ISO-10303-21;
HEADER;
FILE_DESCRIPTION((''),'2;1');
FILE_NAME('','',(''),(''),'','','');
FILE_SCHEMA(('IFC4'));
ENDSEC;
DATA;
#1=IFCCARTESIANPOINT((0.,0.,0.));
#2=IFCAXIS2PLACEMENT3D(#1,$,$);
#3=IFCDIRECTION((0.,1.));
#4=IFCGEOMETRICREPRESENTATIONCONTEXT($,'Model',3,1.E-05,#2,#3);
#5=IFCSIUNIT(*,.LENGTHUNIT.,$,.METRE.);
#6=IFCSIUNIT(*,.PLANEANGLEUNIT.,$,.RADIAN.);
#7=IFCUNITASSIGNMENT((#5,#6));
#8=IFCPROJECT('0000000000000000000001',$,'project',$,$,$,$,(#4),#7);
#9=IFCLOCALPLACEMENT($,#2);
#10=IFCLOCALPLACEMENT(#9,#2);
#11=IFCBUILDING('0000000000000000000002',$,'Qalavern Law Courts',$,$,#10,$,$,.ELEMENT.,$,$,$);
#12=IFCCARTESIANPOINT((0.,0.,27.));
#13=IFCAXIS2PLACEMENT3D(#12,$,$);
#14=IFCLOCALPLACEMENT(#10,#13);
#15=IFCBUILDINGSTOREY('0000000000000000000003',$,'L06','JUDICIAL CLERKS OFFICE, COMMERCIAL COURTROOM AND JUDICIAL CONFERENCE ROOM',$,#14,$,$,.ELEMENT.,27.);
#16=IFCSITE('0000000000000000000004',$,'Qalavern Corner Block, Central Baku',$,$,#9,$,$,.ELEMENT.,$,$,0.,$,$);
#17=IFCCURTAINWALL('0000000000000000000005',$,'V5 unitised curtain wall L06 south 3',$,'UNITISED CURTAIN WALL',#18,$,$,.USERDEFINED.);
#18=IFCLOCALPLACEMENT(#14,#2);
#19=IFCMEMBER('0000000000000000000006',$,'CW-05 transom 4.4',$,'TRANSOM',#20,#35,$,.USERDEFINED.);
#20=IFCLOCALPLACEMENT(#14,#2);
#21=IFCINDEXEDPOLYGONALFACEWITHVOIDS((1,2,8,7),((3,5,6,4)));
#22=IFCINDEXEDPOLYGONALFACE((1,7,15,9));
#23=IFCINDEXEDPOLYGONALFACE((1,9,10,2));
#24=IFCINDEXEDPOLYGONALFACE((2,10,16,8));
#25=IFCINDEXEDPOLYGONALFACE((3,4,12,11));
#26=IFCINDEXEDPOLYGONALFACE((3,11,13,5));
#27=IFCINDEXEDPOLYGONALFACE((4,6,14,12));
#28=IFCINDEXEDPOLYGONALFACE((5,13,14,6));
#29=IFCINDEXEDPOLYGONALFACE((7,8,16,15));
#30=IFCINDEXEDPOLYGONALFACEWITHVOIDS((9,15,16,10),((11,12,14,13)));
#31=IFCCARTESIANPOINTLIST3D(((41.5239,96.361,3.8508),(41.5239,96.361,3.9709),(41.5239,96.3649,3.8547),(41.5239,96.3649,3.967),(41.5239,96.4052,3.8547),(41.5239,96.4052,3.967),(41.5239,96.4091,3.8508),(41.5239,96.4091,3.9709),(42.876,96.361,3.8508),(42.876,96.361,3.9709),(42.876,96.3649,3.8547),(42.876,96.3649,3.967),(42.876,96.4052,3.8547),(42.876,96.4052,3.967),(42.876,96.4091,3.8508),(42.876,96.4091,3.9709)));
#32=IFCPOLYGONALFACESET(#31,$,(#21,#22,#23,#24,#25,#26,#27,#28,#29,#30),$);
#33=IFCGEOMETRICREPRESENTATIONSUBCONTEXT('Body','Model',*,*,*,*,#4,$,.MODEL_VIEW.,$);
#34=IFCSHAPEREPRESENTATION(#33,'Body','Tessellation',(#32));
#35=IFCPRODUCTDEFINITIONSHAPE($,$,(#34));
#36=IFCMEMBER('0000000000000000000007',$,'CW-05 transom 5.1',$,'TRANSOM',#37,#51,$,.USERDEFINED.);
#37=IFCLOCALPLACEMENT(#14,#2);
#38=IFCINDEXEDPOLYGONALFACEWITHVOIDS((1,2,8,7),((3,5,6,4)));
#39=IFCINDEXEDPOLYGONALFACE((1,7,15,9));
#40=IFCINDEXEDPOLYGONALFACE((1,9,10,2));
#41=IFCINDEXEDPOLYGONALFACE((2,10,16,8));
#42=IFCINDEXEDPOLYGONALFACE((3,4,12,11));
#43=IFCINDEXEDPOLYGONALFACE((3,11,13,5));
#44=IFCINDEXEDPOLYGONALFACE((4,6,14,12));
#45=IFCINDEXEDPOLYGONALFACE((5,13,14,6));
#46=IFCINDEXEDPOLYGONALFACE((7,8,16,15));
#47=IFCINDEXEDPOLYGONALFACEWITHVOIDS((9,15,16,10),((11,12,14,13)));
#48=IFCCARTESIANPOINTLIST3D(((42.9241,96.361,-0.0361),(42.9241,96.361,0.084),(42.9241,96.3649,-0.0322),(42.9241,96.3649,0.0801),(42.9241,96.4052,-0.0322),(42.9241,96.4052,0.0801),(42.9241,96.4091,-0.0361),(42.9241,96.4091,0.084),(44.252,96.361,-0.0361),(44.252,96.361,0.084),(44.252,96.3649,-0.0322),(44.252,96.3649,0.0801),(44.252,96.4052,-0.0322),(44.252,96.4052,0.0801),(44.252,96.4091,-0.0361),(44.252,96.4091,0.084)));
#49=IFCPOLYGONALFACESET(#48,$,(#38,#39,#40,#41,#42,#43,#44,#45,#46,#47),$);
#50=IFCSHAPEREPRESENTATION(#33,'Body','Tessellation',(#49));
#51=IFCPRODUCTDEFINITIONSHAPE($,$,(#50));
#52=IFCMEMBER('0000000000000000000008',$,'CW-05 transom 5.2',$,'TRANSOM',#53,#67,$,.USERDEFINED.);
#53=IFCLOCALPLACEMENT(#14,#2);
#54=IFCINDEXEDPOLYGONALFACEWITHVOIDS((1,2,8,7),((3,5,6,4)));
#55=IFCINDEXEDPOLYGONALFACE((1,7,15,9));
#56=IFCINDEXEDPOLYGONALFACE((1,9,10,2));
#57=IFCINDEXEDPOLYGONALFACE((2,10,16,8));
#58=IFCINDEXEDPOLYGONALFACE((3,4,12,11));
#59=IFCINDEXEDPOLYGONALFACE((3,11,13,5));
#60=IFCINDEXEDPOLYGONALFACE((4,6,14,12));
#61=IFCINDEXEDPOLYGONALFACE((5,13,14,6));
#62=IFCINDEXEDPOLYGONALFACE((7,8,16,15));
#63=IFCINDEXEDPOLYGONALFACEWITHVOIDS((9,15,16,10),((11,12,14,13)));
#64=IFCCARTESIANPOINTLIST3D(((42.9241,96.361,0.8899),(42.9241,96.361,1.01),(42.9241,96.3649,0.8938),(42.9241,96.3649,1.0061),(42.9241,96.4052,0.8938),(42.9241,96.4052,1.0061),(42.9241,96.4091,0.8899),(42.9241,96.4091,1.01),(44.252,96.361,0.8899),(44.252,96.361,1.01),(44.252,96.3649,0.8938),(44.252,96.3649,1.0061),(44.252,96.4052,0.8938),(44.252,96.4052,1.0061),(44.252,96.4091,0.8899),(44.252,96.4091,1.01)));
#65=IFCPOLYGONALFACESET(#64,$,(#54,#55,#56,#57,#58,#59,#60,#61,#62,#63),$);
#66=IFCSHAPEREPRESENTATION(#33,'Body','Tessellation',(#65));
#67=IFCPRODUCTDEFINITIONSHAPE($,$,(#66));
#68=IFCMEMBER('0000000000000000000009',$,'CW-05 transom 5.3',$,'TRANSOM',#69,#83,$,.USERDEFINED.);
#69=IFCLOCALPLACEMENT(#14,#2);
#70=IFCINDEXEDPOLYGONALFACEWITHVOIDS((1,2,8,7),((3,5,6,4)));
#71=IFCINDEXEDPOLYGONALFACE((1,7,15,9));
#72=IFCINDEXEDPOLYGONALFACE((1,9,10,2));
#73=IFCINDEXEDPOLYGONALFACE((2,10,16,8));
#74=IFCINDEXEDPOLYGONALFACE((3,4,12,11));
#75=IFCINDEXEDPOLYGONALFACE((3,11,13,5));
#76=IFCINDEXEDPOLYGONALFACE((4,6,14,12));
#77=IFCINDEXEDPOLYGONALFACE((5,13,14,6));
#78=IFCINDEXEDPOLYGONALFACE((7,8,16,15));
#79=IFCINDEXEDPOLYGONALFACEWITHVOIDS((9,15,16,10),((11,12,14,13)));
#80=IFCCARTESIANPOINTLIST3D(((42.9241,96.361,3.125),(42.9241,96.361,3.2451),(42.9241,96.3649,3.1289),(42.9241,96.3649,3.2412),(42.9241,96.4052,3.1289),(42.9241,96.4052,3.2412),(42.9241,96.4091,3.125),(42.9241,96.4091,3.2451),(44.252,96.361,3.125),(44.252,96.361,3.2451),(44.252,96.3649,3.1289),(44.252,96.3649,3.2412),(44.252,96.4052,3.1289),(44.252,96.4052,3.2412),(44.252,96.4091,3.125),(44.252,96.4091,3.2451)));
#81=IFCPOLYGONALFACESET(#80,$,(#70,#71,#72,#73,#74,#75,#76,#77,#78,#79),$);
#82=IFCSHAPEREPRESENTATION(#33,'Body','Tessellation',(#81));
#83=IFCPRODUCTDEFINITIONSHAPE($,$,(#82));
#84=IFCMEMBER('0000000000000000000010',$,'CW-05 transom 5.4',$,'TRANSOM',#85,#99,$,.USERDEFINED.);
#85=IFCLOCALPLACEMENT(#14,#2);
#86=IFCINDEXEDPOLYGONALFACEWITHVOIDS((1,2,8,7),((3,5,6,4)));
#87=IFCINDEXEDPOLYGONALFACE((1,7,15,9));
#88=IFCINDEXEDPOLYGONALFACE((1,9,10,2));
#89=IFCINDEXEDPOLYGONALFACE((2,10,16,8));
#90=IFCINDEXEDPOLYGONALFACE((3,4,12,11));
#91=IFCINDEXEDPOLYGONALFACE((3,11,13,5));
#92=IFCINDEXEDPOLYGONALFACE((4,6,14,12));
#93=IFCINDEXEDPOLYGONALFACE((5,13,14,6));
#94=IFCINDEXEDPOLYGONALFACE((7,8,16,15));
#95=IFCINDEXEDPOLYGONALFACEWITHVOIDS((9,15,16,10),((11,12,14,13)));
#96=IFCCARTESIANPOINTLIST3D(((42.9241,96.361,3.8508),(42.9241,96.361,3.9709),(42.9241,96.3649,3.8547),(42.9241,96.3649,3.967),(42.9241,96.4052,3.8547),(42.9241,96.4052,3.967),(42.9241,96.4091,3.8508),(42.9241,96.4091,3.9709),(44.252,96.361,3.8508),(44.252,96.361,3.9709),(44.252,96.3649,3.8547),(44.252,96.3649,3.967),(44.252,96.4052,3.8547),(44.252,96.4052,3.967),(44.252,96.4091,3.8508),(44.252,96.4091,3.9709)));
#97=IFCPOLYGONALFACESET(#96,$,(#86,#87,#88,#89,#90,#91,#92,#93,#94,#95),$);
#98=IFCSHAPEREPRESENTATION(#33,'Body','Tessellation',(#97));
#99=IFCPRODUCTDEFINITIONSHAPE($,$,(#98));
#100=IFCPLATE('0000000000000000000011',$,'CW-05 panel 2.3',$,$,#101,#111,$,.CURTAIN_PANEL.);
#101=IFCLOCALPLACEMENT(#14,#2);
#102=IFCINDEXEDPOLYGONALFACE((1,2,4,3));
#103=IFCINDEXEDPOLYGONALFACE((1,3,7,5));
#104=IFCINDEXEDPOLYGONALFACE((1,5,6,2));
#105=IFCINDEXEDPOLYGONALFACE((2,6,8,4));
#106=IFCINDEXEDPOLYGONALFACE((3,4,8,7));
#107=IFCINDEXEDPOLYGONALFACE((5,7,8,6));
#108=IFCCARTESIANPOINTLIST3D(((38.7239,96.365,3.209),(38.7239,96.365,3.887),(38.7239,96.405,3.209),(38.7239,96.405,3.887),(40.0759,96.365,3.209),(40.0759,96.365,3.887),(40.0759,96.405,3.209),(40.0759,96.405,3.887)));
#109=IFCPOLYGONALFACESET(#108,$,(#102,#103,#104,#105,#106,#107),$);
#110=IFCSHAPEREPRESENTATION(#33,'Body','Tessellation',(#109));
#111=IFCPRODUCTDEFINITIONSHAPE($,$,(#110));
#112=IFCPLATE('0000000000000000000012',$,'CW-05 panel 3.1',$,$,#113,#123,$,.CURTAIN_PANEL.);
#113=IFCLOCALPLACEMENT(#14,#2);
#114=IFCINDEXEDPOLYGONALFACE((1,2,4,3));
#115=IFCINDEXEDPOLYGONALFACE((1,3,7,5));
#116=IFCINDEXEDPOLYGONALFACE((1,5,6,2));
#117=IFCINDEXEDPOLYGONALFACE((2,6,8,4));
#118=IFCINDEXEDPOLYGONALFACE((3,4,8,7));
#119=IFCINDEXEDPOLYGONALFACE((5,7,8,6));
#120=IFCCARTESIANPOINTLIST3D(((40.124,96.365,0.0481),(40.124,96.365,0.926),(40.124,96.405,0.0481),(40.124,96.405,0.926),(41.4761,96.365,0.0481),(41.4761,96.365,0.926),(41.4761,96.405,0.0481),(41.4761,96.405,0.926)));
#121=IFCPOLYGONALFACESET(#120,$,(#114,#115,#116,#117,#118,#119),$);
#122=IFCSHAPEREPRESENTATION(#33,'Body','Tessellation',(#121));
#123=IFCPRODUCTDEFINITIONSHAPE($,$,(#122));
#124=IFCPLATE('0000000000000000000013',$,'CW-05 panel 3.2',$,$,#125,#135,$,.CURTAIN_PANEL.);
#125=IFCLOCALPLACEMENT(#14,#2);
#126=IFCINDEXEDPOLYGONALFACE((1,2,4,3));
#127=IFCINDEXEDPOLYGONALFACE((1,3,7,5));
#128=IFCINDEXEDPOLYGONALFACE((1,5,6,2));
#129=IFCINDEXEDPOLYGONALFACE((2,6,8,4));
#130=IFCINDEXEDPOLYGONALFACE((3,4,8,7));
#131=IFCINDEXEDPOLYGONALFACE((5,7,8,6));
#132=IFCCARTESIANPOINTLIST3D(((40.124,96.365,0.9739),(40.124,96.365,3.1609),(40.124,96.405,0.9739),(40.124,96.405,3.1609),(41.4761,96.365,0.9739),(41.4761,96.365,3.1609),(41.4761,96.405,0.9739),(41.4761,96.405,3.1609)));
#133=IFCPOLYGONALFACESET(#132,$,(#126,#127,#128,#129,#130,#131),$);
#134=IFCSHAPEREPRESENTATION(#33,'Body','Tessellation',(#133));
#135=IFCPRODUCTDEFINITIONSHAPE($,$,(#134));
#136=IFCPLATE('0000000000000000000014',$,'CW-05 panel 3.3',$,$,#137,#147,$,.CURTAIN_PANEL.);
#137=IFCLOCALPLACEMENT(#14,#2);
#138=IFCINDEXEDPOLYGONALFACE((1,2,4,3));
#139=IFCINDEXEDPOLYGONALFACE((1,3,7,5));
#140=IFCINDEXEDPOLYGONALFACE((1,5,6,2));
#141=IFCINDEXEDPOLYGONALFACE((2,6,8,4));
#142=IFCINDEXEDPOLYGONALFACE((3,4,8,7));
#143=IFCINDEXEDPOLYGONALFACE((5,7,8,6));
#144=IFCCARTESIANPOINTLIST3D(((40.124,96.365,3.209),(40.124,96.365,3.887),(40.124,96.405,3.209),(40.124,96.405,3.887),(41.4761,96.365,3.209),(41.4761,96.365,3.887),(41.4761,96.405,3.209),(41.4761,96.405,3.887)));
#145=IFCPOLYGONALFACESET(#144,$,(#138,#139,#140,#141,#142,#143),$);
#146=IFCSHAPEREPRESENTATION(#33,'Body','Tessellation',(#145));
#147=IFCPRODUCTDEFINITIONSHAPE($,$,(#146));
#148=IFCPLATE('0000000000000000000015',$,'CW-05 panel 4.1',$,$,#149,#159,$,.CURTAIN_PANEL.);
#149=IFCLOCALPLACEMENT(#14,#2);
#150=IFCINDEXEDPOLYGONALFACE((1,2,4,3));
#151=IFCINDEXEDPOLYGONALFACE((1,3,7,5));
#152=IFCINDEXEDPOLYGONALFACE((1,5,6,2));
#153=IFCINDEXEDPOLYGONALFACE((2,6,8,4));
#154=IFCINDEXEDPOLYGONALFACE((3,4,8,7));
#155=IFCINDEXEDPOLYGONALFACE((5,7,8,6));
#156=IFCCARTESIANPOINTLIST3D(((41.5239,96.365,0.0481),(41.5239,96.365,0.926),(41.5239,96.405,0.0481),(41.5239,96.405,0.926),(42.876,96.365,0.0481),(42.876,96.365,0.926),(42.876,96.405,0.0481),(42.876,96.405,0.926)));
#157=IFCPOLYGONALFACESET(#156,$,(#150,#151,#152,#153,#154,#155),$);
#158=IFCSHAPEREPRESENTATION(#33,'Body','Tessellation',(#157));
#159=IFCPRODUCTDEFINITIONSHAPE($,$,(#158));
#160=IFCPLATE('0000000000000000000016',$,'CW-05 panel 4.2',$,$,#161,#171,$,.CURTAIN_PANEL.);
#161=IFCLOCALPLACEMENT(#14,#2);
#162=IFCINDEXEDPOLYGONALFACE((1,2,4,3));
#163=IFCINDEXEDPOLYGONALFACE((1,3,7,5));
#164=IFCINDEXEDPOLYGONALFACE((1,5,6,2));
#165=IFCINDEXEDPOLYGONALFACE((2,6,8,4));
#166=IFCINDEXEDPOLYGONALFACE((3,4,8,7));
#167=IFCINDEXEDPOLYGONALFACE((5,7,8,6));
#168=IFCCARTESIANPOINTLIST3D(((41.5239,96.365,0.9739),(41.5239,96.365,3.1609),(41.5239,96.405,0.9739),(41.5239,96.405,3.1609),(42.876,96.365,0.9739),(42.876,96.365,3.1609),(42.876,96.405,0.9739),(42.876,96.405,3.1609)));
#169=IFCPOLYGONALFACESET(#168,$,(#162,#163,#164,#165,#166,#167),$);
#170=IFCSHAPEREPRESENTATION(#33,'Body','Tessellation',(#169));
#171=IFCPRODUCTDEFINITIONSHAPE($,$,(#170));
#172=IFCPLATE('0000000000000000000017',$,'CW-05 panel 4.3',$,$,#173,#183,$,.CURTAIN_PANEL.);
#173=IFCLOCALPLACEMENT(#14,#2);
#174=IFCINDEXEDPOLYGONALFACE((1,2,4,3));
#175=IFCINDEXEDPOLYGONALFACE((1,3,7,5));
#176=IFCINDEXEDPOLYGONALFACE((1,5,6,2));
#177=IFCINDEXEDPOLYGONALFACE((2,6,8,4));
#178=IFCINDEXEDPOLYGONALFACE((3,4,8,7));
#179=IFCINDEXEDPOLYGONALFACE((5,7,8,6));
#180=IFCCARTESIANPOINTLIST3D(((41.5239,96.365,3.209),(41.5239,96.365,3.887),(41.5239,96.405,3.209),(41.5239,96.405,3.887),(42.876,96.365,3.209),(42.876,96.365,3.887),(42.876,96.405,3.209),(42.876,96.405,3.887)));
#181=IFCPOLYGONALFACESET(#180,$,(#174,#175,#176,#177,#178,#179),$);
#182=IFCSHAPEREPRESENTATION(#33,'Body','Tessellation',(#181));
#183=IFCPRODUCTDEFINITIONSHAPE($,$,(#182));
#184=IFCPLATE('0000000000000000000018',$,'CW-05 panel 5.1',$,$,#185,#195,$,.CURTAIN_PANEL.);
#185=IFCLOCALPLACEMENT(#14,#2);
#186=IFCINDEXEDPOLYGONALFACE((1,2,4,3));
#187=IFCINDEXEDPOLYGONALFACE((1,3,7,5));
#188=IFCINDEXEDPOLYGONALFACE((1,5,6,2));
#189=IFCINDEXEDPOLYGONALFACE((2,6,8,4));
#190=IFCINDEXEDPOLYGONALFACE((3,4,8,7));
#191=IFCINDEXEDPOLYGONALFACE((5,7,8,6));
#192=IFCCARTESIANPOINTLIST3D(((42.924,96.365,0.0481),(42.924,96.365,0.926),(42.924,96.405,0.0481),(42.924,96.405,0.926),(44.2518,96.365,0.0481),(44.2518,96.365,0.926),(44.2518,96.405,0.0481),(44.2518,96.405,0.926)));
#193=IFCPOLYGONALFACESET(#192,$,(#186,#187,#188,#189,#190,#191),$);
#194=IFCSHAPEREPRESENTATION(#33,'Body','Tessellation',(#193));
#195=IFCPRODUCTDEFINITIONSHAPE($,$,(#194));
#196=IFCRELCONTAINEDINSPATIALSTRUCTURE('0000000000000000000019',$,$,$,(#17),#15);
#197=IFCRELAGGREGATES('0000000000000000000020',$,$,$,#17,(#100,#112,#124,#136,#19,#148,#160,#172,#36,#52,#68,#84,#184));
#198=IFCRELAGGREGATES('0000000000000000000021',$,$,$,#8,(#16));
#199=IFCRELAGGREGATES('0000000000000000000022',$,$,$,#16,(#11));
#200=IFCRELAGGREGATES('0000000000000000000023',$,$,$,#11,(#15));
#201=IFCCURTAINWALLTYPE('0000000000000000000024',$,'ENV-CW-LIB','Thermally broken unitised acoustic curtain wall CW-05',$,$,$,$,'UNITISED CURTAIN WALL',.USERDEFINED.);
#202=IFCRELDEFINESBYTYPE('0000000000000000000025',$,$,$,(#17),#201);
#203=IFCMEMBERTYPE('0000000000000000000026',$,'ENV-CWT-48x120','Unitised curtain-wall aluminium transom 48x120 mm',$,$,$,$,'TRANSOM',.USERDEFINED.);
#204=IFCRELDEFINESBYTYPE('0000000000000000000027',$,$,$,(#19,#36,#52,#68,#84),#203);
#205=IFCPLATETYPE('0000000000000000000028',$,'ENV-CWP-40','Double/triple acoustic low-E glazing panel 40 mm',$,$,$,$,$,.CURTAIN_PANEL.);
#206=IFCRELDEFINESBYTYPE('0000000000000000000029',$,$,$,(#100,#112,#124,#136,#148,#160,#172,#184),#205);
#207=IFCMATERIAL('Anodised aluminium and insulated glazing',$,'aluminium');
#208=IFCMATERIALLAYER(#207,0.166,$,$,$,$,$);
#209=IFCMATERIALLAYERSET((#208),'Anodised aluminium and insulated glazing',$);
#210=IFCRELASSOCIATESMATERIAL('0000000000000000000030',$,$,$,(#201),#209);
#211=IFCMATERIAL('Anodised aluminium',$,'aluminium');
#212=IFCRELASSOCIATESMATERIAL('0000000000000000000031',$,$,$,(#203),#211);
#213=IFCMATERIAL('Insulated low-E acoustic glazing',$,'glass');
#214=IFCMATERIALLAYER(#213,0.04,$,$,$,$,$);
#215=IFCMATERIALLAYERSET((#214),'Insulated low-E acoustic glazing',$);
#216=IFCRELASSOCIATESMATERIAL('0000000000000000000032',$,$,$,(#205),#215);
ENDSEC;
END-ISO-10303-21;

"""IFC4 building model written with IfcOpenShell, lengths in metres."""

from ifc_helpers import new_model, si_unit, direction, frame, origin, origin_2d, place, context, subcontext, project, spatial, rectangle, hollow_rectangle, extrude, material, layer, layer_set, material_profile, profile_set, type_object, element, aggregate, save


model = new_model("IFC4")

# Units and contexts
model_context = context("Model", 3, precision=1e-05, world=origin(), true_north=direction((0.0, 1.0)))
body_context = subcontext(model_context, "Body", "Model", "MODEL_VIEW")
ifc_project = project(units=[si_unit("LENGTHUNIT", "METRE"), si_unit("PLANEANGLEUNIT", "RADIAN")], contexts=[model_context])

# Site, building, storey
site_placement = place(None, origin())
site = spatial("IfcSite", under=ifc_project, at=site_placement, Name="Qalavern Corner Block, Central Baku", CompositionType="ELEMENT", RefElevation=0.0)
building_placement = place(site_placement, origin())
building = spatial("IfcBuilding", under=site, at=building_placement, Name="Qalavern Law Courts", CompositionType="ELEMENT")
storey_placement = place(building_placement, frame((0.0, 0.0, 27.0)))
storey = spatial("IfcBuildingStorey", under=building, at=storey_placement, Name="L06", Description="JUDICIAL CLERKS OFFICE, COMMERCIAL COURTROOM AND JUDICIAL CONFERENCE ROOM", CompositionType="ELEMENT", Elevation=27.0)

# Curtain wall, members, plates
ifc_material_1 = material(Name="Anodised aluminium and insulated glazing", Category="aluminium")
ifc_layer_1 = layer(ifc_material_1, 0.166)
ifc_layer_set_1 = layer_set([ifc_layer_1], Name="Anodised aluminium and insulated glazing")
curtain_wall_type = type_object("IfcCurtainWallType", Name="ENV-CW-LIB", Description="Thermally broken unitised acoustic curtain wall CW-05", ElementType="UNITISED CURTAIN WALL", PredefinedType="USERDEFINED", material=ifc_layer_set_1)
curtain_wall_placement = place(storey_placement, origin())
curtain_wall = element("IfcCurtainWall", 1, at=curtain_wall_placement, inside=storey, type_object=curtain_wall_type, Name="V5 unitised curtain wall L06 south 3", ObjectType="UNITISED CURTAIN WALL", PredefinedType="USERDEFINED")
ifc_material_2 = material(Name="Anodised aluminium", Category="aluminium")
ifc_material_profile_1 = material_profile(ifc_material_2, hollow_rectangle(XDim=0.0481, YDim=0.1201, WallThickness=0.0039, at=origin_2d()), Name="ALU TRANSOM 48x120")
ifc_profile_set_1 = profile_set([ifc_material_profile_1], Name="Anodised aluminium")
member_type_1 = type_object("IfcMemberType", Name="ENV-CWT-48x120", Description="Unitised curtain-wall aluminium transom 48x120 mm", ElementType="TRANSOM", PredefinedType="USERDEFINED", material=ifc_profile_set_1)
member_1_placement = place(storey_placement, frame((41.5239, 96.385, 3.9109), z_axis=(1.0, 0.0, 0.0), x_axis=(0.0, 1.0, 0.0)))
member_1 = element("IfcMember", 2, at=member_1_placement, type_object=member_type_1, Name="CW-05 transom 4.4", ObjectType="TRANSOM", PredefinedType="USERDEFINED", context=body_context, shape_type="SweptSolid", body=[
    extrude(hollow_rectangle(XDim=0.0481, YDim=0.1201, WallThickness=0.0039, at=origin_2d()), origin(), (0.0, 0.0, 1.0), 1.3521),
])
member_2_placement = place(storey_placement, frame((42.9241, 96.385, 0.0239), z_axis=(1.0, 0.0, 0.0), x_axis=(0.0, 1.0, 0.0)))
member_2 = element("IfcMember", 3, at=member_2_placement, type_object=member_type_1, Name="CW-05 transom 5.1", ObjectType="TRANSOM", PredefinedType="USERDEFINED", context=body_context, shape_type="SweptSolid", body=[
    extrude(hollow_rectangle(XDim=0.0481, YDim=0.1201, WallThickness=0.0039, at=origin_2d()), origin(), (0.0, 0.0, 1.0), 1.3279),
])
member_3_placement = place(storey_placement, frame((42.9241, 96.385, 0.95), z_axis=(1.0, 0.0, 0.0), x_axis=(0.0, 1.0, 0.0)))
member_3 = element("IfcMember", 4, at=member_3_placement, type_object=member_type_1, Name="CW-05 transom 5.2", ObjectType="TRANSOM", PredefinedType="USERDEFINED", context=body_context, shape_type="SweptSolid", body=[
    extrude(hollow_rectangle(XDim=0.0481, YDim=0.1201, WallThickness=0.0039, at=origin_2d()), origin(), (0.0, 0.0, 1.0), 1.3279),
])
member_4_placement = place(storey_placement, frame((42.9241, 96.385, 3.1851), z_axis=(1.0, 0.0, 0.0), x_axis=(0.0, 1.0, 0.0)))
member_4 = element("IfcMember", 5, at=member_4_placement, type_object=member_type_1, Name="CW-05 transom 5.3", ObjectType="TRANSOM", PredefinedType="USERDEFINED", context=body_context, shape_type="SweptSolid", body=[
    extrude(hollow_rectangle(XDim=0.0481, YDim=0.1201, WallThickness=0.0039, at=origin_2d()), origin(), (0.0, 0.0, 1.0), 1.3279),
])
member_5_placement = place(storey_placement, frame((42.9241, 96.385, 3.9109), z_axis=(1.0, 0.0, 0.0), x_axis=(0.0, 1.0, 0.0)))
member_5 = element("IfcMember", 6, at=member_5_placement, type_object=member_type_1, Name="CW-05 transom 5.4", ObjectType="TRANSOM", PredefinedType="USERDEFINED", context=body_context, shape_type="SweptSolid", body=[
    extrude(hollow_rectangle(XDim=0.0481, YDim=0.1201, WallThickness=0.0039, at=origin_2d()), origin(), (0.0, 0.0, 1.0), 1.3279),
])
ifc_material_3 = material(Name="Insulated low-E acoustic glazing", Category="glass")
ifc_layer_2 = layer(ifc_material_3, 0.04)
ifc_layer_set_2 = layer_set([ifc_layer_2], Name="Insulated low-E acoustic glazing")
plate_type = type_object("IfcPlateType", Name="ENV-CWP-40", Description="Double/triple acoustic low-E glazing panel 40 mm", PredefinedType="CURTAIN_PANEL", material=ifc_layer_set_2)
plate_1_placement = place(storey_placement, frame((39.3999, 96.385, 3.209), z_axis=(0.0, 0.0, 1.0), x_axis=(1.0, 0.0, 0.0)))
plate_1 = element("IfcPlate", 7, at=plate_1_placement, type_object=plate_type, Name="CW-05 panel 2.3", PredefinedType="CURTAIN_PANEL", context=body_context, shape_type="SweptSolid", body=[
    extrude(rectangle(XDim=1.3521, YDim=0.04, at=origin_2d()), origin(), (0.0, 0.0, 1.0), 0.678),
])
plate_2_placement = place(storey_placement, frame((40.8, 96.385, 0.0481), z_axis=(0.0, 0.0, 1.0), x_axis=(1.0, 0.0, 0.0)))
plate_2 = element("IfcPlate", 8, at=plate_2_placement, type_object=plate_type, Name="CW-05 panel 3.1", PredefinedType="CURTAIN_PANEL", context=body_context, shape_type="SweptSolid", body=[
    extrude(rectangle(XDim=1.3521, YDim=0.04, at=origin_2d()), origin(), (0.0, 0.0, 1.0), 0.8779),
])
plate_3_placement = place(storey_placement, frame((40.8, 96.385, 0.9739), z_axis=(0.0, 0.0, 1.0), x_axis=(1.0, 0.0, 0.0)))
plate_3 = element("IfcPlate", 9, at=plate_3_placement, type_object=plate_type, Name="CW-05 panel 3.2", PredefinedType="CURTAIN_PANEL", context=body_context, shape_type="SweptSolid", body=[
    extrude(rectangle(XDim=1.3521, YDim=0.04, at=origin_2d()), origin(), (0.0, 0.0, 1.0), 2.187),
])
plate_4_placement = place(storey_placement, frame((40.8, 96.385, 3.209), z_axis=(0.0, 0.0, 1.0), x_axis=(1.0, 0.0, 0.0)))
plate_4 = element("IfcPlate", 10, at=plate_4_placement, type_object=plate_type, Name="CW-05 panel 3.3", PredefinedType="CURTAIN_PANEL", context=body_context, shape_type="SweptSolid", body=[
    extrude(rectangle(XDim=1.3521, YDim=0.04, at=origin_2d()), origin(), (0.0, 0.0, 1.0), 0.678),
])
plate_5_placement = place(storey_placement, frame((42.2, 96.385, 0.0481), z_axis=(0.0, 0.0, 1.0), x_axis=(1.0, 0.0, 0.0)))
plate_5 = element("IfcPlate", 11, at=plate_5_placement, type_object=plate_type, Name="CW-05 panel 4.1", PredefinedType="CURTAIN_PANEL", context=body_context, shape_type="SweptSolid", body=[
    extrude(rectangle(XDim=1.3521, YDim=0.04, at=origin_2d()), origin(), (0.0, 0.0, 1.0), 0.8779),
])
plate_6_placement = place(storey_placement, frame((42.2, 96.385, 0.9739), z_axis=(0.0, 0.0, 1.0), x_axis=(1.0, 0.0, 0.0)))
plate_6 = element("IfcPlate", 12, at=plate_6_placement, type_object=plate_type, Name="CW-05 panel 4.2", PredefinedType="CURTAIN_PANEL", context=body_context, shape_type="SweptSolid", body=[
    extrude(rectangle(XDim=1.3521, YDim=0.04, at=origin_2d()), origin(), (0.0, 0.0, 1.0), 2.187),
])
plate_7_placement = place(storey_placement, frame((42.2, 96.385, 3.209), z_axis=(0.0, 0.0, 1.0), x_axis=(1.0, 0.0, 0.0)))
plate_7 = element("IfcPlate", 13, at=plate_7_placement, type_object=plate_type, Name="CW-05 panel 4.3", PredefinedType="CURTAIN_PANEL", context=body_context, shape_type="SweptSolid", body=[
    extrude(rectangle(XDim=1.3521, YDim=0.04, at=origin_2d()), origin(), (0.0, 0.0, 1.0), 0.678),
])
plate_8_placement = place(storey_placement, frame((43.5879, 96.385, 0.0481), z_axis=(0.0, 0.0, 1.0), x_axis=(1.0, 0.0, 0.0)))
plate_8 = element("IfcPlate", 14, at=plate_8_placement, type_object=plate_type, Name="CW-05 panel 5.1", PredefinedType="CURTAIN_PANEL", context=body_context, shape_type="SweptSolid", body=[
    extrude(rectangle(XDim=1.3279, YDim=0.04, at=origin_2d()), origin(), (0.0, 0.0, 1.0), 0.8779),
])
aggregate(curtain_wall, [plate_1, plate_2, plate_3, plate_4, member_1, plate_5, plate_6, plate_7, member_2, member_3, member_4, member_5, plate_8])

save(model, "model.ifc")
